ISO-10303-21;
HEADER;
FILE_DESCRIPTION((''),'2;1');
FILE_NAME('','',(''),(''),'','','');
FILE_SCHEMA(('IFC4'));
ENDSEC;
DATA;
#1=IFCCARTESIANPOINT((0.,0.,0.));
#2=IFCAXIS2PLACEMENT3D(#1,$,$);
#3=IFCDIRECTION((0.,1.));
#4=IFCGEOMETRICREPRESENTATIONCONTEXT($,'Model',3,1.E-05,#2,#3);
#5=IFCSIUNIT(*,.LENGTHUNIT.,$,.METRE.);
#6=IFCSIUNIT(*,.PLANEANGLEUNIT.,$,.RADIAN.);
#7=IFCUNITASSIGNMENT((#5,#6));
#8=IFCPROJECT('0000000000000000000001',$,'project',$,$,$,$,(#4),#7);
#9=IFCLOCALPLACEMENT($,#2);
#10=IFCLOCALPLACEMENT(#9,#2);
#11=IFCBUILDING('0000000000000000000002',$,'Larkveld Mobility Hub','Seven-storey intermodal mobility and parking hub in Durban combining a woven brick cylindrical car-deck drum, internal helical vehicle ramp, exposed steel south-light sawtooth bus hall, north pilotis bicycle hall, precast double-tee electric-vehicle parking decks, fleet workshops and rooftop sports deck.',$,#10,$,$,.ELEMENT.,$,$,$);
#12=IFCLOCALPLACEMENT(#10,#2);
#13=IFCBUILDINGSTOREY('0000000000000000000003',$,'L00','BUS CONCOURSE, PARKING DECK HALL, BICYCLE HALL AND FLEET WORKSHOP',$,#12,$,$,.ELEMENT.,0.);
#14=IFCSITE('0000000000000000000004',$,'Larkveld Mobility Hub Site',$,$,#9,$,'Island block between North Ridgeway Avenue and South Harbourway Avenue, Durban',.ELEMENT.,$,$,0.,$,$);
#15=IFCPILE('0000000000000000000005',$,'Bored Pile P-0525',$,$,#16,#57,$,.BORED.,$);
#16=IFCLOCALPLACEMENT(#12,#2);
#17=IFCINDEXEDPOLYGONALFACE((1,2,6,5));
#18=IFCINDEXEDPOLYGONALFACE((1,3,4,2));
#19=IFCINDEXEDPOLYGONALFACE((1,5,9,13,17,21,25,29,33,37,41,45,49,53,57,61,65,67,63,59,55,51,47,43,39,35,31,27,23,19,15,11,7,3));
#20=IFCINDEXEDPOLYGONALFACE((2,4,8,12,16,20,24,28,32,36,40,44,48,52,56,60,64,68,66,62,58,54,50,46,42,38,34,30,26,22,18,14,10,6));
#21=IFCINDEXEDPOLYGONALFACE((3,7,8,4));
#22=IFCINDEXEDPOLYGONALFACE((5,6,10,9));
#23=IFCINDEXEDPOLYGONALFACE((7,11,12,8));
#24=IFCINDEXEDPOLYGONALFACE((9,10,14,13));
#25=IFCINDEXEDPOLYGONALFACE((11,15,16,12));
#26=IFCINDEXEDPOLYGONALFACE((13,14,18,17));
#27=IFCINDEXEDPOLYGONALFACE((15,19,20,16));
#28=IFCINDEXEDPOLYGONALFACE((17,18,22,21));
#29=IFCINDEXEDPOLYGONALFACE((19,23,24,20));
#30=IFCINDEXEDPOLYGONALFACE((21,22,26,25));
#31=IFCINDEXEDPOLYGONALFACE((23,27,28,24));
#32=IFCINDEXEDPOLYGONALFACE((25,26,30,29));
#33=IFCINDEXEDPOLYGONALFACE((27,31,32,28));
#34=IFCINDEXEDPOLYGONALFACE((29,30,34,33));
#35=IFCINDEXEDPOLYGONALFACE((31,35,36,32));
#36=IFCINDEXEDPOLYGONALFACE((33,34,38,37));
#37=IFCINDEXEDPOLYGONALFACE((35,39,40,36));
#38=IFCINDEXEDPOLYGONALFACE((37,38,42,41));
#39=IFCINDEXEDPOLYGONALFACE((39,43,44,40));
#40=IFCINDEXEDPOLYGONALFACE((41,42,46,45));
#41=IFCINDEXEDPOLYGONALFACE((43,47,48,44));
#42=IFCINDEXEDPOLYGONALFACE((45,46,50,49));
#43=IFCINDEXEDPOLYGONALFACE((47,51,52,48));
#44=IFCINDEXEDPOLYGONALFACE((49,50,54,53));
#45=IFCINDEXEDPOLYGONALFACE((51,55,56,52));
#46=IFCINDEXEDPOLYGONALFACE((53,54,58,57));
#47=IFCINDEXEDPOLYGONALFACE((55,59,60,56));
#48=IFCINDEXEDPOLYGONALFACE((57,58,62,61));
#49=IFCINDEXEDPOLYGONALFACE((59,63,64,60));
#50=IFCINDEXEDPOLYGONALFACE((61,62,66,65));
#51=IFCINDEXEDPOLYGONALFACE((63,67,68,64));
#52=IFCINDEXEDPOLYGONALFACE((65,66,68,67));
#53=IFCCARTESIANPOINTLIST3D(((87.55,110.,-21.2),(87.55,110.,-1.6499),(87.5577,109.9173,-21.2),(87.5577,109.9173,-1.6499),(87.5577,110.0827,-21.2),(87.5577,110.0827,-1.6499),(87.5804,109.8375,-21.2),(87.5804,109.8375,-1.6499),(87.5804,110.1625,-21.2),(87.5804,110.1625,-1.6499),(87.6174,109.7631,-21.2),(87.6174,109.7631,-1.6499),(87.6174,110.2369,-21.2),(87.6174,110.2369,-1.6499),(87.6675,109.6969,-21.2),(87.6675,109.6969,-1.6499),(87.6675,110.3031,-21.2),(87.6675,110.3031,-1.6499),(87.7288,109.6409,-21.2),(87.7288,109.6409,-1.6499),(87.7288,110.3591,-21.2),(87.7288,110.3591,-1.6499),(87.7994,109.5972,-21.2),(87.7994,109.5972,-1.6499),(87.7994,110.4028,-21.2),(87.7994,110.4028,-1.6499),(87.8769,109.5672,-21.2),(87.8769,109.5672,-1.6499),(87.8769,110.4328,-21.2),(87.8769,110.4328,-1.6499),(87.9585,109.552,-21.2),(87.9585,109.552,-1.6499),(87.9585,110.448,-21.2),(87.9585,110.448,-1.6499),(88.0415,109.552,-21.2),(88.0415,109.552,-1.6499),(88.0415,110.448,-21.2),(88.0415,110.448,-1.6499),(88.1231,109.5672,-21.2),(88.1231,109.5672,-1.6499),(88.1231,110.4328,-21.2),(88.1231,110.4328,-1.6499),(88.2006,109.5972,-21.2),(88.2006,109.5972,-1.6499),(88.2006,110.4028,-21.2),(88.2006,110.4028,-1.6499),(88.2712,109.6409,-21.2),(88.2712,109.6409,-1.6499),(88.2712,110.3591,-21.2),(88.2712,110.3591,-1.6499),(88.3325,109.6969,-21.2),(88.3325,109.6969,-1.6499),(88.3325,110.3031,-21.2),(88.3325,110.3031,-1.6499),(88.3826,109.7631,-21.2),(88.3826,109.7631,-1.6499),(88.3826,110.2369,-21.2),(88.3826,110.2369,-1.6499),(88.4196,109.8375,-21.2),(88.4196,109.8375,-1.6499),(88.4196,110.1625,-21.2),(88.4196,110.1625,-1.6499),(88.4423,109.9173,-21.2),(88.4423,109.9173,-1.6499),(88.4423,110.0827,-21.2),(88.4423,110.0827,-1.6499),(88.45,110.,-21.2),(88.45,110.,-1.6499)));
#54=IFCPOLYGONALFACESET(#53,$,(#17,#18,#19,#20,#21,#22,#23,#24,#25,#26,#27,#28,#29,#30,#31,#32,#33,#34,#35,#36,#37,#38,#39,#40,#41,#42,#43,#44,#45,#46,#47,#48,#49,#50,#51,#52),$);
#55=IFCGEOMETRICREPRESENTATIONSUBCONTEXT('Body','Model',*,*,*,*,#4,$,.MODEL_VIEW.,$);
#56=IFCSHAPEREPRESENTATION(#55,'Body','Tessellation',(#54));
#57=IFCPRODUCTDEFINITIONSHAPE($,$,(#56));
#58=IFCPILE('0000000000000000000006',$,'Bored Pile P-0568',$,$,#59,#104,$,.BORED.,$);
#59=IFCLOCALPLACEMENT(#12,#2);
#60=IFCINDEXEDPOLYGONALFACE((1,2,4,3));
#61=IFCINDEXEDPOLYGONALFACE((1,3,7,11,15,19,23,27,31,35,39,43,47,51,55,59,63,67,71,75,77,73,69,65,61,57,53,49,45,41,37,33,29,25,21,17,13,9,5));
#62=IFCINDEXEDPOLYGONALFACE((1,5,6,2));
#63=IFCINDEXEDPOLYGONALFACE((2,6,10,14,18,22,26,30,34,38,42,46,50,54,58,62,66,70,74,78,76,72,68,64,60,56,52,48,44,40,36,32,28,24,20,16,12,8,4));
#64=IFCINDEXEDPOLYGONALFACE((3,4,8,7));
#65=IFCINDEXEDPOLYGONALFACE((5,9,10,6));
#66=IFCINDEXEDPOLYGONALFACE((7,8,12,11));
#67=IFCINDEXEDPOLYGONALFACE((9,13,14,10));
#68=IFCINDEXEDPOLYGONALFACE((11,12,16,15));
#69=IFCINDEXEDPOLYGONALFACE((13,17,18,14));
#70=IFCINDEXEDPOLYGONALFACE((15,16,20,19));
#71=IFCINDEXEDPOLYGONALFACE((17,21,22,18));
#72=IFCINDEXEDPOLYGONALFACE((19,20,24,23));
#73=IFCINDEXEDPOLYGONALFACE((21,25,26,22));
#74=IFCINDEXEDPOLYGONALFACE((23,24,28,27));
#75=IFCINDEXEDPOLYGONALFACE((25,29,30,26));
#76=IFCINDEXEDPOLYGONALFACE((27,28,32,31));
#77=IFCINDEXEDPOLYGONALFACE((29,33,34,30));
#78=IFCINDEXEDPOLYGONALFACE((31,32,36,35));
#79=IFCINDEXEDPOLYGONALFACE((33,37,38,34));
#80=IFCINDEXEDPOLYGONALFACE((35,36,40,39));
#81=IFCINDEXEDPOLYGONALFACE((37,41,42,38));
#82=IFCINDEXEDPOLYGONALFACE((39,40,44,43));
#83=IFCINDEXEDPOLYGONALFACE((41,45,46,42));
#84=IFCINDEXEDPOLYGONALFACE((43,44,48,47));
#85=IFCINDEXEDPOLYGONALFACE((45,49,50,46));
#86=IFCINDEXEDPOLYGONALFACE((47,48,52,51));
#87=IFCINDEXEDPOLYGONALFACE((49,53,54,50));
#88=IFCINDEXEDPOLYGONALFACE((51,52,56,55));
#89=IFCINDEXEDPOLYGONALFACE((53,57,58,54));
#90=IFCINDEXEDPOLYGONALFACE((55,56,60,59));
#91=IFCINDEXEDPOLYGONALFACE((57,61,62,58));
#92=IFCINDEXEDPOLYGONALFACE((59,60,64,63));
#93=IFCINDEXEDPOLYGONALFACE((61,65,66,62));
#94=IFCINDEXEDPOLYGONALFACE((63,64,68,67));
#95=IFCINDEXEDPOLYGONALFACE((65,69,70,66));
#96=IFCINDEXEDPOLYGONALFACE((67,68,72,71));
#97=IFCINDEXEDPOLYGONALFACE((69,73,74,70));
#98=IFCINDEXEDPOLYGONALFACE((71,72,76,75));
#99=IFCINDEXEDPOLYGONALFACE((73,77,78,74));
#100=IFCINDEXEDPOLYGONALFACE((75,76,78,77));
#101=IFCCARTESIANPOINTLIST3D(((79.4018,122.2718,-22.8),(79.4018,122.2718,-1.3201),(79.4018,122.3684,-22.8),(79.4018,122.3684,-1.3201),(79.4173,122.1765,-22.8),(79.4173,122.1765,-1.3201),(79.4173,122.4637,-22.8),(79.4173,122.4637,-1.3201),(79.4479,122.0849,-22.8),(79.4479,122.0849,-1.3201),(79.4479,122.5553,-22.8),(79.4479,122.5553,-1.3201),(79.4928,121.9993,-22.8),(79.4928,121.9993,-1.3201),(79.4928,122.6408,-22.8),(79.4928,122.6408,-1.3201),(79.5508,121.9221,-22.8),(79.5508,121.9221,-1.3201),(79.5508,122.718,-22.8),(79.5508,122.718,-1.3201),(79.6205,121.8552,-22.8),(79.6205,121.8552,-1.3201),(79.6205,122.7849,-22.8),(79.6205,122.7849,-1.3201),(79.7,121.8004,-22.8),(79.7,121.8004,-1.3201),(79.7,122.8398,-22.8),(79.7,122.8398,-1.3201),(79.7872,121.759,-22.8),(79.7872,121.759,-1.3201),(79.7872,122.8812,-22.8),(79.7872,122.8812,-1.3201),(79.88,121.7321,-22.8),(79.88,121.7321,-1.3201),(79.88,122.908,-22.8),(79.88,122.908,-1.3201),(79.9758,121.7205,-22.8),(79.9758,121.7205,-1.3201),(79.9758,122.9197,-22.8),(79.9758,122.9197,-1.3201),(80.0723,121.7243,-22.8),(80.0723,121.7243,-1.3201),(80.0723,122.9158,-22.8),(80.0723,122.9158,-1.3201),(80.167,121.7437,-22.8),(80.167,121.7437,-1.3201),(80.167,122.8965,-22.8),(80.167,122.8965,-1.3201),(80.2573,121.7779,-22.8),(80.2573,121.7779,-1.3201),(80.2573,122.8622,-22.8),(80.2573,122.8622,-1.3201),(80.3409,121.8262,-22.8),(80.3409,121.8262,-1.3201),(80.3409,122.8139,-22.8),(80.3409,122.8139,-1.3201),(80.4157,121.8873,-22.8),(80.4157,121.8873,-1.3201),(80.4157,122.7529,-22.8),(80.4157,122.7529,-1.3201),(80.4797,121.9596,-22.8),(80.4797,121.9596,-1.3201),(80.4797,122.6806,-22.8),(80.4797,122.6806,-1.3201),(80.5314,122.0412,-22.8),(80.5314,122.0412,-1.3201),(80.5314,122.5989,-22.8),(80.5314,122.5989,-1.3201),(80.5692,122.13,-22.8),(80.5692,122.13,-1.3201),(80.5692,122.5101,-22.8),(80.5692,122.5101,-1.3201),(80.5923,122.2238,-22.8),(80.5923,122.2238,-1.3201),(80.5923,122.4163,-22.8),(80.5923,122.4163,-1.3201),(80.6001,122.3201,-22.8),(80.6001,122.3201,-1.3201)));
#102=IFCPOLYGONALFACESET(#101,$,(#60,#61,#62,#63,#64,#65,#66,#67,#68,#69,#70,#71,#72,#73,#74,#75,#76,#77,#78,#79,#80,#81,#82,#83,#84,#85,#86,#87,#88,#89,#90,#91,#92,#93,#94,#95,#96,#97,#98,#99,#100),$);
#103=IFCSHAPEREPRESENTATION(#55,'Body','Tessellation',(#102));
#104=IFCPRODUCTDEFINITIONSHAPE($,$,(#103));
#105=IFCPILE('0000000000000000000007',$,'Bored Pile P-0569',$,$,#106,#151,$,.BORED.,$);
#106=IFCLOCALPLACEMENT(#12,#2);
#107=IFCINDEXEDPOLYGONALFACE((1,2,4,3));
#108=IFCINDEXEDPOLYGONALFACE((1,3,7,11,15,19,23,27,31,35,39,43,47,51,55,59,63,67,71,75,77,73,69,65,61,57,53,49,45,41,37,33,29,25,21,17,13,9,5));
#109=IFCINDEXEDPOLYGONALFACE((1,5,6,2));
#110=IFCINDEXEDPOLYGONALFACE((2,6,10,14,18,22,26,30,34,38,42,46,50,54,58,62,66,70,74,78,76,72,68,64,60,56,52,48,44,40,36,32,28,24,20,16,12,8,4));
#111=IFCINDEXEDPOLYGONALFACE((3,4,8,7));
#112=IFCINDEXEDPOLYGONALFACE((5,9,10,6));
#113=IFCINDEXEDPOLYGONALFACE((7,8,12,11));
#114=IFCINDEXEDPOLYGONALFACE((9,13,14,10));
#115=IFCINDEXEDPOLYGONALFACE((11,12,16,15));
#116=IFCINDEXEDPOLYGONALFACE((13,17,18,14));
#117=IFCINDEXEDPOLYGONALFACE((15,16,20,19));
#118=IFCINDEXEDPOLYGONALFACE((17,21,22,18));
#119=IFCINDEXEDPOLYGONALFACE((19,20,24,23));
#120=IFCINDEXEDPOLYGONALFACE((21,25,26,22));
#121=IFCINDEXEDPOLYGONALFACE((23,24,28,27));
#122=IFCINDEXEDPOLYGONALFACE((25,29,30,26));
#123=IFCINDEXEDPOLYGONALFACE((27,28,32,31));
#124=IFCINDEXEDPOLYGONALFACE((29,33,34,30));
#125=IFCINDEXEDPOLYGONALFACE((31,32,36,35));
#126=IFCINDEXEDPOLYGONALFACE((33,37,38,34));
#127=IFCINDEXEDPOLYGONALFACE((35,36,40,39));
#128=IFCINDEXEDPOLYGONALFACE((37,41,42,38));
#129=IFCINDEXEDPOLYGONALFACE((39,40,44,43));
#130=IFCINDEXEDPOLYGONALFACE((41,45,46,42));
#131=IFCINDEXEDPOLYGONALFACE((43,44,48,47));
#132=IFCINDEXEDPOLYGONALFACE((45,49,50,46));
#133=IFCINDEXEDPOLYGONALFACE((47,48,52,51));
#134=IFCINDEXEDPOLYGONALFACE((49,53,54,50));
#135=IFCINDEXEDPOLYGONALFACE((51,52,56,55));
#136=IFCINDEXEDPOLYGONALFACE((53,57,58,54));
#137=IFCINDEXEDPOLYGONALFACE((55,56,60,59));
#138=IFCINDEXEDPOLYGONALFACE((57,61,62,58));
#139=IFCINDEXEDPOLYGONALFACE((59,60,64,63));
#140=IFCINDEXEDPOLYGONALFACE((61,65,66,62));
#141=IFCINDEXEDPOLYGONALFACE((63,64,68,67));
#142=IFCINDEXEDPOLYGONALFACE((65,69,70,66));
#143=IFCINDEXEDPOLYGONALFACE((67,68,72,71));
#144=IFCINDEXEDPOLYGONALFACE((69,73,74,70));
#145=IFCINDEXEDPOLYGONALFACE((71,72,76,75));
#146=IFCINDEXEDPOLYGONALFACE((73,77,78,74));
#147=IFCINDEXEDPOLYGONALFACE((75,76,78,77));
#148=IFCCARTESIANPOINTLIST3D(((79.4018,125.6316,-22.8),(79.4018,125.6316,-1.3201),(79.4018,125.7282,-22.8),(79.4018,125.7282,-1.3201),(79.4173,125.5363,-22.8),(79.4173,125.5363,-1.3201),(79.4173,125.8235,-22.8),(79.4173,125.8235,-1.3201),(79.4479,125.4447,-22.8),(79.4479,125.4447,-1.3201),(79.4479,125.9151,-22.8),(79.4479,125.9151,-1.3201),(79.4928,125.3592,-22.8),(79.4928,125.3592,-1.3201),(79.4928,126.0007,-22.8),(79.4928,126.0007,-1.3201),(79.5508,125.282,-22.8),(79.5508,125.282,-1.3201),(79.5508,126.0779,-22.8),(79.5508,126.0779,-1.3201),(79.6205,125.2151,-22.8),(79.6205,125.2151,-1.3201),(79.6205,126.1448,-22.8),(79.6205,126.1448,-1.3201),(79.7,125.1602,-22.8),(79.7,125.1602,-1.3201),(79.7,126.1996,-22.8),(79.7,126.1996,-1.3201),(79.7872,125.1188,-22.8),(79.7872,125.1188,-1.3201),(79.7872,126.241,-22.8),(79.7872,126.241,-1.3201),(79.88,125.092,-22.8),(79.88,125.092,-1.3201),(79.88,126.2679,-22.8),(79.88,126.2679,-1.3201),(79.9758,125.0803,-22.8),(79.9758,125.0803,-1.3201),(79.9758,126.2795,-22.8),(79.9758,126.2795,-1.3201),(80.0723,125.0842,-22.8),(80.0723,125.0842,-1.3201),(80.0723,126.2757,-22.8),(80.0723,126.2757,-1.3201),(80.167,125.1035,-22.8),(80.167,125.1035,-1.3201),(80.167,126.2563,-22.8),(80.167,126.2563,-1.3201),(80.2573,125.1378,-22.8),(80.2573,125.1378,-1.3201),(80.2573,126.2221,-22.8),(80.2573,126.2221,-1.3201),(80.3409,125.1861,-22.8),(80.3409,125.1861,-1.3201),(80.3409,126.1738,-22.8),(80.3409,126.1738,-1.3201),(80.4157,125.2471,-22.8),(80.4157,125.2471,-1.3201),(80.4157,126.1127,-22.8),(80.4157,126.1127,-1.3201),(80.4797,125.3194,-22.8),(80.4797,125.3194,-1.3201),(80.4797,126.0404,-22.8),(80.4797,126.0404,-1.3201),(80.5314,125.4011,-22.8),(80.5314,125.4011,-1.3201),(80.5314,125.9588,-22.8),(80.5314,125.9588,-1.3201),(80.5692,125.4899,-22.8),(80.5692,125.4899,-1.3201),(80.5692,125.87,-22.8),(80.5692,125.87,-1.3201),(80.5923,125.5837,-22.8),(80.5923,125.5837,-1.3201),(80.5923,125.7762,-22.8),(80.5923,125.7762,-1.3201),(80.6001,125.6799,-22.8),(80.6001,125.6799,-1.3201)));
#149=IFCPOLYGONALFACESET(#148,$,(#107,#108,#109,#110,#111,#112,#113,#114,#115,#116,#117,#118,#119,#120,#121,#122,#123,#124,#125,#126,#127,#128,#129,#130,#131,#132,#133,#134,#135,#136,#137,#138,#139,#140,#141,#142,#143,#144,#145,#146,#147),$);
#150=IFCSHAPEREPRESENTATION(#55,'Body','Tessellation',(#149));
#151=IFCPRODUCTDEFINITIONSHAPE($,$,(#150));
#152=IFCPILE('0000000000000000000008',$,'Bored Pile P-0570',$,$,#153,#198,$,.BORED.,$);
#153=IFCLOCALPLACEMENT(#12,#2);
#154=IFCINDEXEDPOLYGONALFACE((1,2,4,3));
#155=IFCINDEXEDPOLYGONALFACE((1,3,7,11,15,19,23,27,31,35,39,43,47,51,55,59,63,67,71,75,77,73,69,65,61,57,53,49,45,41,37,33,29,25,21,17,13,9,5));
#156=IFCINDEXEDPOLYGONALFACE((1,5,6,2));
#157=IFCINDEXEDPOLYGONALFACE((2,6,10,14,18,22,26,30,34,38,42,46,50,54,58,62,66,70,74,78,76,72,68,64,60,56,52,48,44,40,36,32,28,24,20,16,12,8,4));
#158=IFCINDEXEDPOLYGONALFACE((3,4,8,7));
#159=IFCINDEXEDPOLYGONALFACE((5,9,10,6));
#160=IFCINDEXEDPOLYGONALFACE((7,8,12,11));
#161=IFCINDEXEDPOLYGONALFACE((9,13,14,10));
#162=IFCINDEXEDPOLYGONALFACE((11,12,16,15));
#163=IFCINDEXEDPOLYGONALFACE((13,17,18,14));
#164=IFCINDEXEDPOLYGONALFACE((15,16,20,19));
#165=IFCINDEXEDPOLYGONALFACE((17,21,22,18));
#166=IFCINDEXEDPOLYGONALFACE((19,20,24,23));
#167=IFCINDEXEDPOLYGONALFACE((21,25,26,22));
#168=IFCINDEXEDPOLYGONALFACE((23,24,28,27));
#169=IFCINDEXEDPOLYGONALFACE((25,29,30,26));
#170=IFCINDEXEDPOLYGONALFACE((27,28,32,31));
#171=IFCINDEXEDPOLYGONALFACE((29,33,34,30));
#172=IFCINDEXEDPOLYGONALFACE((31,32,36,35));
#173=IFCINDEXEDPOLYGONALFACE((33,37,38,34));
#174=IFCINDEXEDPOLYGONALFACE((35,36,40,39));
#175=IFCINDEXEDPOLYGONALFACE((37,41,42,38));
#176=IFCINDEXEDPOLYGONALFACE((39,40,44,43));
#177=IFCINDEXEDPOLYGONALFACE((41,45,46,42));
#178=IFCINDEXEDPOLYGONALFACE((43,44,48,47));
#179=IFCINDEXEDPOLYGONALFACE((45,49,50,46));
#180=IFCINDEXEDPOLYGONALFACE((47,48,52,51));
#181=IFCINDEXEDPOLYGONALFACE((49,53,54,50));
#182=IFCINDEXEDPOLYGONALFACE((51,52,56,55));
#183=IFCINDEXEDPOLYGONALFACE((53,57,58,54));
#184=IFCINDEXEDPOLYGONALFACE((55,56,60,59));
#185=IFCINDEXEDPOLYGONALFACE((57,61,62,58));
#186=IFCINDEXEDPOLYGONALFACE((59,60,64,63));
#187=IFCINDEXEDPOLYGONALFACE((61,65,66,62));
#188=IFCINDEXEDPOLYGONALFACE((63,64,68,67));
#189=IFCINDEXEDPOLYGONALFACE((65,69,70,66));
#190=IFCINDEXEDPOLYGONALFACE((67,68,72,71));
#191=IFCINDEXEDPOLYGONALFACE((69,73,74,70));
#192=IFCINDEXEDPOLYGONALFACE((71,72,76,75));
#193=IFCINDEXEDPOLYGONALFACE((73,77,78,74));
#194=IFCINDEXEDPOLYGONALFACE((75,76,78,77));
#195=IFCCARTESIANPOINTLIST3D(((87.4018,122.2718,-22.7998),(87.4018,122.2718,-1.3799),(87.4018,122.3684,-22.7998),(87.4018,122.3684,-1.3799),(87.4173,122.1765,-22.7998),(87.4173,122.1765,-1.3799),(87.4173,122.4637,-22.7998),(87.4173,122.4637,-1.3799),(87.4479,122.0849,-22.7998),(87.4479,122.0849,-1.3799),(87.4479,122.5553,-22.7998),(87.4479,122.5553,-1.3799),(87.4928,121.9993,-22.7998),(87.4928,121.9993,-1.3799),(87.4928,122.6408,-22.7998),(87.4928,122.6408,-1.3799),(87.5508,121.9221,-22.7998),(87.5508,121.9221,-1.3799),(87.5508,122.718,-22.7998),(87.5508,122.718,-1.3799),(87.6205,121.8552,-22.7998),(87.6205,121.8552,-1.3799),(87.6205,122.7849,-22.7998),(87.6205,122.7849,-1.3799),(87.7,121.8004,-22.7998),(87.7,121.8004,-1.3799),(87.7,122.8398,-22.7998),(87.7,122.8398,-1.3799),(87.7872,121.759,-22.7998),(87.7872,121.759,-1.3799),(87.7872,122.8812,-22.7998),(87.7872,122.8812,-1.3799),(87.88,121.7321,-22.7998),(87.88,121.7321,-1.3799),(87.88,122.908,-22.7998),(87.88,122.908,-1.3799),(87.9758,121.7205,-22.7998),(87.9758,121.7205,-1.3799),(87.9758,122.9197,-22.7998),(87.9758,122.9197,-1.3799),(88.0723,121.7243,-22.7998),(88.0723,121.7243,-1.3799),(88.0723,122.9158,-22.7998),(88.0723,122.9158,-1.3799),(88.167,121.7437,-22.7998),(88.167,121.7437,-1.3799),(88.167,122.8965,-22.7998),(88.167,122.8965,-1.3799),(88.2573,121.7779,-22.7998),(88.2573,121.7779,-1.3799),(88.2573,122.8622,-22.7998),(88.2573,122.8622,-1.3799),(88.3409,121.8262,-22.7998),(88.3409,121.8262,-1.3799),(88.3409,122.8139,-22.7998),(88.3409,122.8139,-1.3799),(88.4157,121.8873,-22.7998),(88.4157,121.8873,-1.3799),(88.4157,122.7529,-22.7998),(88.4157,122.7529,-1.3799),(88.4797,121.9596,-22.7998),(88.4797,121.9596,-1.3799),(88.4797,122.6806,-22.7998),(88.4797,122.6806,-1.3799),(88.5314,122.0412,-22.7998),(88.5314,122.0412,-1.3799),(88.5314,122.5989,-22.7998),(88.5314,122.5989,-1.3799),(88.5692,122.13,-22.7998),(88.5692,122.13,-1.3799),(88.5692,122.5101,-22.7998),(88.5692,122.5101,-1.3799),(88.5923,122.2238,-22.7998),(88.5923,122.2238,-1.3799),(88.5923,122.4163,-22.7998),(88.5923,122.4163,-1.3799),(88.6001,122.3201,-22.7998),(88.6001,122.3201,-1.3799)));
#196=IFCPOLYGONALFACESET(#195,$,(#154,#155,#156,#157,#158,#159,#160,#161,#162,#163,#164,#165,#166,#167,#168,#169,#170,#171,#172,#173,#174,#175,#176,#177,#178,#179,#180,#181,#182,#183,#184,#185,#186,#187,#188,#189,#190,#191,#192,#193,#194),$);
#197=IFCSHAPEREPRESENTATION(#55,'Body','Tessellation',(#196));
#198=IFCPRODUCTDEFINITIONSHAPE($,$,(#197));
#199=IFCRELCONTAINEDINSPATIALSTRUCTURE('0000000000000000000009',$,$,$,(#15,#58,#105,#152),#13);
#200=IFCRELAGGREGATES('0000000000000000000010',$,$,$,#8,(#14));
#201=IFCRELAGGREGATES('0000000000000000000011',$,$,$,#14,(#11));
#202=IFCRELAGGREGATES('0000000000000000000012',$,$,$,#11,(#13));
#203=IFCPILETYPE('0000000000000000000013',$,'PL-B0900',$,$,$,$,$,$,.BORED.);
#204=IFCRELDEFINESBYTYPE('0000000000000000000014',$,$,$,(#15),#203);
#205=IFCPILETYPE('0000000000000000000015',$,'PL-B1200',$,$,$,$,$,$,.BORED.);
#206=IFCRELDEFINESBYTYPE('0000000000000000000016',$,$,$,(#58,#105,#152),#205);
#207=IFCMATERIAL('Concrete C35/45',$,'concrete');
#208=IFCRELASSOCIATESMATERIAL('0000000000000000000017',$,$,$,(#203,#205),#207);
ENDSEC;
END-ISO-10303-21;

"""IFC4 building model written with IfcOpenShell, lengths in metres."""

from ifc_helpers import new_model, si_unit, direction, frame, origin, origin_2d, place, context, subcontext, project, spatial, circle, extrude, material, material_profile, profile_set, type_object, element, save


model = new_model("IFC4")

# Units and contexts
model_context = context("Model", 3, precision=1e-05, world=origin(), true_north=direction((0.0, 1.0)))
body_context = subcontext(model_context, "Body", "Model", "MODEL_VIEW")
ifc_project = project(units=[si_unit("LENGTHUNIT", "METRE"), si_unit("PLANEANGLEUNIT", "RADIAN")], contexts=[model_context])

# Site, building, storey
site_placement = place(None, origin())
site = spatial("IfcSite", under=ifc_project, at=site_placement, Name="Larkveld Mobility Hub Site", LongName="Island block between North Ridgeway Avenue and South Harbourway Avenue, Durban", CompositionType="ELEMENT", RefElevation=0.0)
building_placement = place(site_placement, origin())
building = spatial("IfcBuilding", under=site, at=building_placement, Name="Larkveld Mobility Hub", Description="Seven-storey intermodal mobility and parking hub in Durban combining a woven brick cylindrical car-deck drum, internal helical vehicle ramp, exposed steel south-light sawtooth bus hall, north pilotis bicycle hall, precast double-tee electric-vehicle parking decks, fleet workshops and rooftop sports deck.", CompositionType="ELEMENT")
storey_placement = place(building_placement, origin())
storey = spatial("IfcBuildingStorey", under=building, at=storey_placement, Name="L00", Description="BUS CONCOURSE, PARKING DECK HALL, BICYCLE HALL AND FLEET WORKSHOP", CompositionType="ELEMENT", Elevation=0.0)

# Shared definitions
ifc_material_1 = material(Name="Concrete C35/45", Category="concrete")

# Piles
ifc_material_profile_1 = material_profile(ifc_material_1, circle(Radius=0.45, at=origin_2d()), Name="PILE D900")
ifc_profile_set_1 = profile_set([ifc_material_profile_1], Name="Concrete C35/45")
pile_type_1 = type_object("IfcPileType", Name="PL-B0900", PredefinedType="BORED", material=ifc_profile_set_1)
pile_1_placement = place(storey_placement, frame((88.0, 110.0, -1.6499), z_axis=(0.0, 0.0, -1.0), x_axis=(1.0, 0.0, 0.0)))
element("IfcPile", 1, at=pile_1_placement, inside=storey, type_object=pile_type_1, Name="Bored Pile P-0525", PredefinedType="BORED", context=body_context, shape_type="SweptSolid", body=[
    extrude(circle(Radius=0.45, at=origin_2d()), origin(), (0.0, 0.0, 1.0), 19.55),
])
ifc_material_profile_2 = material_profile(ifc_material_1, circle(Radius=0.6001, at=origin_2d()), Name="PILE D1200")
ifc_profile_set_2 = profile_set([ifc_material_profile_2], Name="Concrete C35/45")
pile_type_2 = type_object("IfcPileType", Name="PL-B1200", PredefinedType="BORED", material=ifc_profile_set_2)
for number, where, z_axis, x_axis, name in (
    (2, (80.0, 122.3201, -1.3201), (0.0, 0.0, -1.0), (1.0, 0.0, 0.0), "Bored Pile P-0568"),
    (3, (80.0, 125.6799, -1.3201), (0.0, 0.0, -1.0), (1.0, 0.0, 0.0), "Bored Pile P-0569"),
):
    element("IfcPile", number, at=place(storey_placement, frame(where, z_axis=z_axis, x_axis=x_axis)), inside=storey, type_object=pile_type_2, Name=name, PredefinedType="BORED", context=body_context, shape_type="SweptSolid", body=[
        extrude(circle(Radius=0.6001, at=origin_2d()), origin(), (0.0, 0.0, 1.0), 21.48),
    ])
for number, where, z_axis, x_axis, name in (
    (4, (88.0, 122.3201, -1.3799), (0.0, 0.0, -1.0), (1.0, 0.0, 0.0), "Bored Pile P-0570"),
):
    element("IfcPile", number, at=place(storey_placement, frame(where, z_axis=z_axis, x_axis=x_axis)), inside=storey, type_object=pile_type_2, Name=name, PredefinedType="BORED", context=body_context, shape_type="SweptSolid", body=[
        extrude(circle(Radius=0.6001, at=origin_2d()), origin(), (0.0, 0.0, 1.0), 21.4199),
    ])

save(model, "model.ifc")
